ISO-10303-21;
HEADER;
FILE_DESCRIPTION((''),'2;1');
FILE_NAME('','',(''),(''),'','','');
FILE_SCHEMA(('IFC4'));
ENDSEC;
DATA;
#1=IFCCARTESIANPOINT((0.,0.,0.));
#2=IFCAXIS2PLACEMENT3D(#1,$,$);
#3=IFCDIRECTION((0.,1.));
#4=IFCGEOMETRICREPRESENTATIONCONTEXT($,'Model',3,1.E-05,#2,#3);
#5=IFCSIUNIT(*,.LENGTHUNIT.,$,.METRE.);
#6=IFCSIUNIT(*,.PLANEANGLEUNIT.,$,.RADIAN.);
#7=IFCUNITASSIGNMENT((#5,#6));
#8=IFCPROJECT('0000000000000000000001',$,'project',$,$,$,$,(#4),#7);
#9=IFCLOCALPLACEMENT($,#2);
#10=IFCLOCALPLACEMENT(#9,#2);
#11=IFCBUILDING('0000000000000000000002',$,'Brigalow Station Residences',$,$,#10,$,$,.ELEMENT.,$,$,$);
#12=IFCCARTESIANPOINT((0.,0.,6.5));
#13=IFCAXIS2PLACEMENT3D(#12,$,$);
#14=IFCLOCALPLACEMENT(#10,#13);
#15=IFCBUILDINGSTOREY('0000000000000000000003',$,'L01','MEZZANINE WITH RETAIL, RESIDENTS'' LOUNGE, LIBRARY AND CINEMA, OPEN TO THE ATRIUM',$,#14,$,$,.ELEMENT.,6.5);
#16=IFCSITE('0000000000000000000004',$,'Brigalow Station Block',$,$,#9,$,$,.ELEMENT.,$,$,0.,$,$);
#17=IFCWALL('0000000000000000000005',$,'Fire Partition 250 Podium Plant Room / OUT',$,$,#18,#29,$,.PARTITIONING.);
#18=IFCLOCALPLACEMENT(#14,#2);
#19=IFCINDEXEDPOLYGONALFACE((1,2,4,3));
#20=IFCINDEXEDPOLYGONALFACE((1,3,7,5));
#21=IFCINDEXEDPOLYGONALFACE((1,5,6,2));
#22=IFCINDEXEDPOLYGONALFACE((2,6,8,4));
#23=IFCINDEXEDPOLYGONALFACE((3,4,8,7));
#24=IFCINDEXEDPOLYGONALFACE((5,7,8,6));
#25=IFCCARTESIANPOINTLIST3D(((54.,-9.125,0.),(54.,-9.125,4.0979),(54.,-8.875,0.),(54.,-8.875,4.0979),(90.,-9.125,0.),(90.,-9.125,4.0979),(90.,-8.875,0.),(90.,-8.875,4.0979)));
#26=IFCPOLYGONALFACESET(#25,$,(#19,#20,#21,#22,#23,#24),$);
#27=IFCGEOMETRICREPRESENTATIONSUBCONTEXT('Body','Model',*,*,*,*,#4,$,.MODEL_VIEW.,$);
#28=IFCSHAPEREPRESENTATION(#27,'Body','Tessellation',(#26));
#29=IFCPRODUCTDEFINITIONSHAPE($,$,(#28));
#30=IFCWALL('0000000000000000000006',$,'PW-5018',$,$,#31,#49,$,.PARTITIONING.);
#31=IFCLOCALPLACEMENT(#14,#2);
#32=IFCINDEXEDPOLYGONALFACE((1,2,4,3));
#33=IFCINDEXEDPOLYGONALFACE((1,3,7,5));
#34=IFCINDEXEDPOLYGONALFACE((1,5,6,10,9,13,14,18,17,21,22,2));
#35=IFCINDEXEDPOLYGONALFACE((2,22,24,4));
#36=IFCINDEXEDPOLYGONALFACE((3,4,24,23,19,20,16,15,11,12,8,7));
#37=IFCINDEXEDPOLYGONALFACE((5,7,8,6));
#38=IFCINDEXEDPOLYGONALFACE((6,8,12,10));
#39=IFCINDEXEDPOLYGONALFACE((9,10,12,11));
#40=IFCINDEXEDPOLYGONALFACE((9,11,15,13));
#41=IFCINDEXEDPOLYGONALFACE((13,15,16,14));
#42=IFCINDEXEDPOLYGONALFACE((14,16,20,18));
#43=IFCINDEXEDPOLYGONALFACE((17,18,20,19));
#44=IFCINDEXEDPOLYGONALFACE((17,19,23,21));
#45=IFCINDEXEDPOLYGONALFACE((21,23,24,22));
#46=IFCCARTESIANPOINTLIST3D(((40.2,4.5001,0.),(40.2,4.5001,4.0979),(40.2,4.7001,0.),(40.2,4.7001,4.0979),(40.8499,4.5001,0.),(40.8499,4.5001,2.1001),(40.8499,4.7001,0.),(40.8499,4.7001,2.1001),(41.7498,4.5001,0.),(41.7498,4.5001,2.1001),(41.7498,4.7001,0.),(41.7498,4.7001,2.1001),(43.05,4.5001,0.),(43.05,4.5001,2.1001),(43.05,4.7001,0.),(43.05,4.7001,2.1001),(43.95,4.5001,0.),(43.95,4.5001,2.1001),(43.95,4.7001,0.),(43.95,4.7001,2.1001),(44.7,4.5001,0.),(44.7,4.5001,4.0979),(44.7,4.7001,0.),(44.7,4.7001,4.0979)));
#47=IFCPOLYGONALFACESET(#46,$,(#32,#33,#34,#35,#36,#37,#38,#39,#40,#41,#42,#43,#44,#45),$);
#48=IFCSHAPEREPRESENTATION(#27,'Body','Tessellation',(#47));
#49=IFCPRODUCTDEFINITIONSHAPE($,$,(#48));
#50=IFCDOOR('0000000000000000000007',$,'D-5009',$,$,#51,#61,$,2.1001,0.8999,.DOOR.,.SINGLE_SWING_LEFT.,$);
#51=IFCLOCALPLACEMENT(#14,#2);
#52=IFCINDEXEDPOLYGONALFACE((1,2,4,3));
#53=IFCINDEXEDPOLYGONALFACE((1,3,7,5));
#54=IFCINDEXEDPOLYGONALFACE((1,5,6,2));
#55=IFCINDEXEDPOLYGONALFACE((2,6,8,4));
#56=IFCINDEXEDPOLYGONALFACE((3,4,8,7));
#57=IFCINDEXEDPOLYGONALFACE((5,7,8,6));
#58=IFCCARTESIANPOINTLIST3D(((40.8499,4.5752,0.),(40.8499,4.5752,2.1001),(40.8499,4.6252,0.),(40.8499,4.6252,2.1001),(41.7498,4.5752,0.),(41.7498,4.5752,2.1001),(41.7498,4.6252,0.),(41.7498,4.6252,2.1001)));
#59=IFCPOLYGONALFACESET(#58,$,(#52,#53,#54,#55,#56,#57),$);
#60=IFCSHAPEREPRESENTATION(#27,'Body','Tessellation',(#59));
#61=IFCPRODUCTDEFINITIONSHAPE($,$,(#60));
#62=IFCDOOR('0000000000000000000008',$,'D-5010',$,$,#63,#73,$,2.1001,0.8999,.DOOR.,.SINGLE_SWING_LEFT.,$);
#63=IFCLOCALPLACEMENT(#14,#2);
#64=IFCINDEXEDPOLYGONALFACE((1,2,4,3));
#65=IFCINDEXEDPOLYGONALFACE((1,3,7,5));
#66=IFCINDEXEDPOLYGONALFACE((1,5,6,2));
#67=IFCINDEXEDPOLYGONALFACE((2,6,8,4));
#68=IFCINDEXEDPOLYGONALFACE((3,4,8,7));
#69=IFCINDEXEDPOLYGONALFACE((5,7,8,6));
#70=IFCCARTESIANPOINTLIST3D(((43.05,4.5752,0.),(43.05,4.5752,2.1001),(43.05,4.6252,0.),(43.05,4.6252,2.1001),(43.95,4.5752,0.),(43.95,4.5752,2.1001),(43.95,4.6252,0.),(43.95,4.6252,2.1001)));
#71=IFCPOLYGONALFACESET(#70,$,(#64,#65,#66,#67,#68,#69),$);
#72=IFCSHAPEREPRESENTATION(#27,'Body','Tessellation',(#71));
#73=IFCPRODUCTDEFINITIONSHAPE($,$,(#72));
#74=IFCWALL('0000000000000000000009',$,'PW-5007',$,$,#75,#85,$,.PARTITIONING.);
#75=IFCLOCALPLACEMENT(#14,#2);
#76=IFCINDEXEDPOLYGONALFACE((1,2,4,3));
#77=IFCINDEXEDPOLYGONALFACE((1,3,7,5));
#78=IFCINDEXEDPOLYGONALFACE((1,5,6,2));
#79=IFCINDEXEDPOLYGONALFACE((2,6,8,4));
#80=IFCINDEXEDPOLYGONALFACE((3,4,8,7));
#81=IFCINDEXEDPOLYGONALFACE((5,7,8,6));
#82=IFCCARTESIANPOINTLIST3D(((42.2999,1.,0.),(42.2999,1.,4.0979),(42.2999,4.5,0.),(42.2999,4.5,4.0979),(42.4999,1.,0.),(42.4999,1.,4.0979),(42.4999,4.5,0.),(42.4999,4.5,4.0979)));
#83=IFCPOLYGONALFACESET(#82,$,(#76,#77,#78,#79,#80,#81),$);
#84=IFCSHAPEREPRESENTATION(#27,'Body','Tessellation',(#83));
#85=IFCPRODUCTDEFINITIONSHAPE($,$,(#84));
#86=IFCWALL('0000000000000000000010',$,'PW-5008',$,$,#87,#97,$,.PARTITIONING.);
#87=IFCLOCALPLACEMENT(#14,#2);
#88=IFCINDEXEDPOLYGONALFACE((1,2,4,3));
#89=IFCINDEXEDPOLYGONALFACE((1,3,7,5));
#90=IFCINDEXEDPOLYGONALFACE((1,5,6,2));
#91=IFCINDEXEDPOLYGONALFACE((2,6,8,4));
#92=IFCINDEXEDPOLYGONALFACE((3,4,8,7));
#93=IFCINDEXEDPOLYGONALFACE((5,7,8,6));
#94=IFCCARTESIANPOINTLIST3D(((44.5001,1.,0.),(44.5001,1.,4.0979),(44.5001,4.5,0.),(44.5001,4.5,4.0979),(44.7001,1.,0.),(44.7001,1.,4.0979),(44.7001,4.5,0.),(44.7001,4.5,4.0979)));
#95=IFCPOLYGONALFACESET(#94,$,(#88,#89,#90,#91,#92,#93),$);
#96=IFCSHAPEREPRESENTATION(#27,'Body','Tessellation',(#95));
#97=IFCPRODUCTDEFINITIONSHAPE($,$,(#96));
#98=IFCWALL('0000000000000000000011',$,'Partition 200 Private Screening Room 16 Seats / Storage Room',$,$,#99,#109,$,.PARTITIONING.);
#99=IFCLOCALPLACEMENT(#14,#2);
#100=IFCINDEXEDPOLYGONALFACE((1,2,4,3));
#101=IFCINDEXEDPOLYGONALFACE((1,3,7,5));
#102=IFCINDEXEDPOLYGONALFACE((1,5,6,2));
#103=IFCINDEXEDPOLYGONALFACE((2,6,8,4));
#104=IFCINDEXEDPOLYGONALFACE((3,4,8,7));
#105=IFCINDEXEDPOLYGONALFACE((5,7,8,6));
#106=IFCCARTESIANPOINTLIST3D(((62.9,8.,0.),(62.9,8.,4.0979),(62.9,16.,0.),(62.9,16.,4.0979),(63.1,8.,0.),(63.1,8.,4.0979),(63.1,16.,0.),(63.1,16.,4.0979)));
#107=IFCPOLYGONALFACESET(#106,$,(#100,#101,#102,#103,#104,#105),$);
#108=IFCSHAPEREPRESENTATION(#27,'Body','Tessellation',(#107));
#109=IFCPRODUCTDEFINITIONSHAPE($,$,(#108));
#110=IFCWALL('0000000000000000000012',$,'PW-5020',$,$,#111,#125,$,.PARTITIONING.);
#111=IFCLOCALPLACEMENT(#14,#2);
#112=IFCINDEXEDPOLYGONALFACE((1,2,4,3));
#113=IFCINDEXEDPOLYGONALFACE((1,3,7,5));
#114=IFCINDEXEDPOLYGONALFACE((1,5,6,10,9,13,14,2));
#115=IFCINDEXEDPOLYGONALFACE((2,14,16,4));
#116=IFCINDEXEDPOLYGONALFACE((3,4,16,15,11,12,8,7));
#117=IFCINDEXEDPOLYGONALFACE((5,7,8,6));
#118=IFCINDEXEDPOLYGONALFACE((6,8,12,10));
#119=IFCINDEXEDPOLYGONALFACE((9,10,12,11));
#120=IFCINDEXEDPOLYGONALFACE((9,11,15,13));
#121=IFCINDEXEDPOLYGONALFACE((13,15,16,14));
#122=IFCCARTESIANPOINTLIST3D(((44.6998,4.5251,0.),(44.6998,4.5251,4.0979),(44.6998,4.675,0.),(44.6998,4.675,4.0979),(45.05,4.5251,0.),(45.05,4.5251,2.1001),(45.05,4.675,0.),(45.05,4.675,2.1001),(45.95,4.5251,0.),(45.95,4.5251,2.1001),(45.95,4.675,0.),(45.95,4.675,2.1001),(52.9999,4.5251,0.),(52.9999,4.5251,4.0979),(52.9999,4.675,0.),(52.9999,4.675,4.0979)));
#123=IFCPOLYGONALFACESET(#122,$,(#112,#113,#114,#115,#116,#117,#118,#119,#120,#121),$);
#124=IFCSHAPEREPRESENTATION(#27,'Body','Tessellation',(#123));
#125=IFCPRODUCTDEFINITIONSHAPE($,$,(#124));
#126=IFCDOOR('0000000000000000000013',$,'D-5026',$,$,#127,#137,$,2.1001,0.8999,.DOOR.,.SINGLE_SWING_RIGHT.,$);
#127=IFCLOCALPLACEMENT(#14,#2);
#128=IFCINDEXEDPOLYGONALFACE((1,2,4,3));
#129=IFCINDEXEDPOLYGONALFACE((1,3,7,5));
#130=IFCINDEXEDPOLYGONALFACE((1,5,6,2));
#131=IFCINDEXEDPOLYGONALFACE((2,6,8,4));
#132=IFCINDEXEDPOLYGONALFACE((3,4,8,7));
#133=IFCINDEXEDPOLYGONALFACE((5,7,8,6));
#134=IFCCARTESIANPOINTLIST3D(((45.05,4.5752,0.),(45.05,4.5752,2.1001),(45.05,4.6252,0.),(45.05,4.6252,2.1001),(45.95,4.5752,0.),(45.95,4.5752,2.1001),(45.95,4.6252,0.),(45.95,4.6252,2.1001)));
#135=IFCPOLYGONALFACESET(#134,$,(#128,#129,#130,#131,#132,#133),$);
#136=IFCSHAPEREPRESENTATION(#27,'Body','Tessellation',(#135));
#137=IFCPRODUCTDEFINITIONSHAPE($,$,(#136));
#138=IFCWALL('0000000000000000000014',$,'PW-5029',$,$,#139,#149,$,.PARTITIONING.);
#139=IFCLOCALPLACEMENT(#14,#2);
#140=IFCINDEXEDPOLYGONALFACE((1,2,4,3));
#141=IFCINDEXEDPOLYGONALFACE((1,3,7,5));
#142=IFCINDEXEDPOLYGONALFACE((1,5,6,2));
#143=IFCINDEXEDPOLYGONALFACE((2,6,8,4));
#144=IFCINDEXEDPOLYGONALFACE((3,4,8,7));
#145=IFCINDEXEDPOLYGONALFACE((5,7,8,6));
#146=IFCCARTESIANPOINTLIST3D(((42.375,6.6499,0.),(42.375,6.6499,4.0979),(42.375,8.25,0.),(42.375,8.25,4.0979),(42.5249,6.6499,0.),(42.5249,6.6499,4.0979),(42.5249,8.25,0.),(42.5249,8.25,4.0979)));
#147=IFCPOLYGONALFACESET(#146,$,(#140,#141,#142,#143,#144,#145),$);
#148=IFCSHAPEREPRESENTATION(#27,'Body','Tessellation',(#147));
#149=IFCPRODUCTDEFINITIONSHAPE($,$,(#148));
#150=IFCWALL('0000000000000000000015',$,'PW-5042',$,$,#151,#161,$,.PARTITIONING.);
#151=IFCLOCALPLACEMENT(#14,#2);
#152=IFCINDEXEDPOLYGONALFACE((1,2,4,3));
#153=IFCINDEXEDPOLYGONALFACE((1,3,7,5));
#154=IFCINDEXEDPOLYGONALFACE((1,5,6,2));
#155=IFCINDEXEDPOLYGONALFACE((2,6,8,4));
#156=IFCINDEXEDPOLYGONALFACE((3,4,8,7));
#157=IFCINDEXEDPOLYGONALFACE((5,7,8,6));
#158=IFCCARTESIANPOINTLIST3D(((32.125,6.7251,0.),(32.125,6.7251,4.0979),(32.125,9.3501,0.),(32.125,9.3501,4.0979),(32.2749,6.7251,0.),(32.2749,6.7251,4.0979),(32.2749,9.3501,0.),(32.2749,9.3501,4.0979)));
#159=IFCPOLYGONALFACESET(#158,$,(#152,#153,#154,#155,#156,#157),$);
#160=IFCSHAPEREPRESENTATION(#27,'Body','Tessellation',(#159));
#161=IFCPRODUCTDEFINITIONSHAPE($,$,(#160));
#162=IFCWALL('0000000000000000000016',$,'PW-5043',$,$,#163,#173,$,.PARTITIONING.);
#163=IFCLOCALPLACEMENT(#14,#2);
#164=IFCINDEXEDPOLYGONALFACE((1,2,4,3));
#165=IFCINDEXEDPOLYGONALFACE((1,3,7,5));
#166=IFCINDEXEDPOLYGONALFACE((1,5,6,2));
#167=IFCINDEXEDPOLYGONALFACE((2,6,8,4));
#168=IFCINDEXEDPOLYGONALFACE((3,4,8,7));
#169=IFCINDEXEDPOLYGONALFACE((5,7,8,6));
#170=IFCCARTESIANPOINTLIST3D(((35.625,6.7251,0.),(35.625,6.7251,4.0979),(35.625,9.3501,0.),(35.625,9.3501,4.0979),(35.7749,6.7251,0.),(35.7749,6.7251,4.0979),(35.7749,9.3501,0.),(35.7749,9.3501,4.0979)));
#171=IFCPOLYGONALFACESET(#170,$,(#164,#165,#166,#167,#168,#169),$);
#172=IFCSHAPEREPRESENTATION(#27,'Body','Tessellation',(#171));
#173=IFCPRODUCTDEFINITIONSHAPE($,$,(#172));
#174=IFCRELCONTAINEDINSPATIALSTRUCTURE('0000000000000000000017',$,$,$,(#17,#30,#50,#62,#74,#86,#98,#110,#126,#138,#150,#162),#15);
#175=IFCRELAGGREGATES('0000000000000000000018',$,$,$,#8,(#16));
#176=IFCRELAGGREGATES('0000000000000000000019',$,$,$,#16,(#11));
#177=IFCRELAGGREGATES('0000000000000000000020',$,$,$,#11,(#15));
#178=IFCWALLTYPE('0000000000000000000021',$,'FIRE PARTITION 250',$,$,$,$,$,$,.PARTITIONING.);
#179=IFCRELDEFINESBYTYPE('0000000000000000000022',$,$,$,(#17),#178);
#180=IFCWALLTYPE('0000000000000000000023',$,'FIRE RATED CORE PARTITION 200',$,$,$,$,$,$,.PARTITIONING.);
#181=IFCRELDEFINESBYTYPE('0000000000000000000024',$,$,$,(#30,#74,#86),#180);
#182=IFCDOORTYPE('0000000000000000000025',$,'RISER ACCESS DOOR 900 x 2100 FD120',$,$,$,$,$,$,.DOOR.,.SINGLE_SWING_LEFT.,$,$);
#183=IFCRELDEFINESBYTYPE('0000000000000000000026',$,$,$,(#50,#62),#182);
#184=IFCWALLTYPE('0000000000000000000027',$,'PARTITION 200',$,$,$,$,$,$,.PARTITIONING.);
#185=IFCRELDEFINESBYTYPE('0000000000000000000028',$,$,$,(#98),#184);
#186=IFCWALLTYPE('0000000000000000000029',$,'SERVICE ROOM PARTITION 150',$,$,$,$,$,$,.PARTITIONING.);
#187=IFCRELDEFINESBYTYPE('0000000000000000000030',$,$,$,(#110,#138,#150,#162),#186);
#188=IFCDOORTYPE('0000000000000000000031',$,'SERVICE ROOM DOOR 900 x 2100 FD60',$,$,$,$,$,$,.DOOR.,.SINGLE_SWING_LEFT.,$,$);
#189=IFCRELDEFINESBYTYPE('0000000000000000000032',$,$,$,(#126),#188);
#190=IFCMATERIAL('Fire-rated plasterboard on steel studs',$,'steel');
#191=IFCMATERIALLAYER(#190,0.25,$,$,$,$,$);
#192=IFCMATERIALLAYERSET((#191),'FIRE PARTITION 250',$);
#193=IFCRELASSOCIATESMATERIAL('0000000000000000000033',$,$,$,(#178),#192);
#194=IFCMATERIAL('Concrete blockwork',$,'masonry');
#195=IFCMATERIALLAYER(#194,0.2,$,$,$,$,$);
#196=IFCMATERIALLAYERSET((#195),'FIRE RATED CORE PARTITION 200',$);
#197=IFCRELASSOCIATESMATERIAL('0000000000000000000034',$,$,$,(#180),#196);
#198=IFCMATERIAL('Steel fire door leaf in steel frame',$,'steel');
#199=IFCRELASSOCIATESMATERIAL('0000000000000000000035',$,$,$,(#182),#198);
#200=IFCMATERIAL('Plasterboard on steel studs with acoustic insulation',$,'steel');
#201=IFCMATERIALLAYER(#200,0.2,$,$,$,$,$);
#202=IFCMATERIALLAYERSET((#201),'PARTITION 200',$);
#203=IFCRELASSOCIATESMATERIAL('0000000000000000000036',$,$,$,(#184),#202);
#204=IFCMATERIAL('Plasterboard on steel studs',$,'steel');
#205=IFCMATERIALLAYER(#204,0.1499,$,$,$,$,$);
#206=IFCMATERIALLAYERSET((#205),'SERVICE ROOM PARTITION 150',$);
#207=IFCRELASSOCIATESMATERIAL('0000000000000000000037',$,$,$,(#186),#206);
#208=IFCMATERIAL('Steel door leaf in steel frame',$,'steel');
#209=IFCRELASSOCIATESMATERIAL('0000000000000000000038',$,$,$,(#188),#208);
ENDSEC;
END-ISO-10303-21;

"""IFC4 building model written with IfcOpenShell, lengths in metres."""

from ifc_helpers import new_model, si_unit, direction, frame, frame_2d, origin, place, context, subcontext, project, spatial, rectangle, extrude, material, layer, layer_set, type_object, element, fill, save


model = new_model("IFC4")

# Units and contexts
model_context = context("Model", 3, precision=1e-05, world=origin(), true_north=direction((0.0, 1.0)))
body_context = subcontext(model_context, "Body", "Model", "MODEL_VIEW")
ifc_project = project(units=[si_unit("LENGTHUNIT", "METRE"), si_unit("PLANEANGLEUNIT", "RADIAN")], contexts=[model_context])

# Site, building, storey
site_placement = place(None, origin())
site = spatial("IfcSite", under=ifc_project, at=site_placement, Name="Brigalow Station Block", CompositionType="ELEMENT", RefElevation=0.0)
building_placement = place(site_placement, origin())
building = spatial("IfcBuilding", under=site, at=building_placement, Name="Brigalow Station Residences", CompositionType="ELEMENT")
storey_placement = place(building_placement, frame((0.0, 0.0, 6.5)))
storey = spatial("IfcBuildingStorey", under=building, at=storey_placement, Name="L01", Description="MEZZANINE WITH RETAIL, RESIDENTS' LOUNGE, LIBRARY AND CINEMA, OPEN TO THE ATRIUM", CompositionType="ELEMENT", Elevation=6.5)

# Wall
ifc_material_1 = material(Name="Fire-rated plasterboard on steel studs", Category="steel")
ifc_layer_1 = layer(ifc_material_1, 0.25)
ifc_layer_set_1 = layer_set([ifc_layer_1], Name="FIRE PARTITION 250")
wall_type_1 = type_object("IfcWallType", Name="FIRE PARTITION 250", PredefinedType="PARTITIONING", material=ifc_layer_set_1)
wall_1_placement = place(storey_placement, frame((54.0, -9.0, 0.0), z_axis=(0.0, 0.0, 1.0), x_axis=(1.0, 0.0, 0.0)))
element("IfcWall", 1, at=wall_1_placement, inside=storey, type_object=wall_type_1, Name="Fire Partition 250 Podium Plant Room / OUT", PredefinedType="PARTITIONING", context=body_context, shape_type="SweptSolid", body=[
    extrude(rectangle(XDim=36.0, YDim=0.25, at=frame_2d((18.0, 0.0))), origin(), (0.0, 0.0, 1.0), 4.0979),
])

# Wall, openings, doors
ifc_material_2 = material(Name="Concrete blockwork", Category="masonry")
ifc_layer_2 = layer(ifc_material_2, 0.2)
ifc_layer_set_2 = layer_set([ifc_layer_2], Name="FIRE RATED CORE PARTITION 200")
wall_type_2 = type_object("IfcWallType", Name="FIRE RATED CORE PARTITION 200", PredefinedType="PARTITIONING", material=ifc_layer_set_2)
wall_2_placement = place(storey_placement, frame((40.2, 4.6001, 0.0), z_axis=(0.0, 0.0, 1.0), x_axis=(1.0, 0.0, 0.0)))
wall_2 = element("IfcWall", 2, at=wall_2_placement, inside=storey, type_object=wall_type_2, Name="PW-5018", PredefinedType="PARTITIONING", context=body_context, shape_type="SweptSolid", body=[
    extrude(rectangle(XDim=4.5, YDim=0.2, at=frame_2d((2.25, 0.0))), origin(), (0.0, 0.0, 1.0), 4.0979),
])
opening_1_placement = place(wall_2_placement, frame((0.6499, 0.0, 0.0)))
opening_1 = element("IfcOpeningElement", 3, at=opening_1_placement, cuts=wall_2, PredefinedType="OPENING", context=body_context, shape_type="SweptSolid", body=[
    extrude(rectangle(XDim=0.8999, YDim=2.1001, at=frame_2d((0.45, 1.05))), frame((0.0, 0.1099, 0.0), z_axis=(0.0, -1.0, 0.0), x_axis=(1.0, 0.0, 0.0)), (0.0, 0.0, 1.0), 0.22),
])
opening_2_placement = place(wall_2_placement, frame((2.8501, 0.0, 0.0)))
opening_2 = element("IfcOpeningElement", 4, at=opening_2_placement, cuts=wall_2, PredefinedType="OPENING", context=body_context, shape_type="SweptSolid", body=[
    extrude(rectangle(XDim=0.8999, YDim=2.1001, at=frame_2d((0.45, 1.05))), frame((0.0, 0.1099, 0.0), z_axis=(0.0, -1.0, 0.0), x_axis=(1.0, 0.0, 0.0)), (0.0, 0.0, 1.0), 0.22),
])
ifc_material_3 = material(Name="Steel fire door leaf in steel frame", Category="steel")
door_type_1 = type_object("IfcDoorType", Name="RISER ACCESS DOOR 900 x 2100 FD120", OperationType="SINGLE_SWING_LEFT", PredefinedType="DOOR", material=ifc_material_3)
door_1_placement = place(opening_1_placement, frame((0.8999, 0.0, 0.0), z_axis=(0.0, 0.0, 1.0), x_axis=(-1.0, 0.0, 0.0)))
door_1 = element("IfcDoor", 5, at=door_1_placement, inside=storey, type_object=door_type_1, Name="D-5009", OperationType="SINGLE_SWING_LEFT", OverallHeight=2.1001, OverallWidth=0.8999, PredefinedType="DOOR", context=body_context, shape_type="SweptSolid", body=[
    extrude(rectangle(XDim=0.8999, YDim=2.1001, at=frame_2d((0.45, 1.05))), frame((0.0, 0.0249, 0.0), z_axis=(0.0, -1.0, 0.0), x_axis=(1.0, 0.0, 0.0)), (0.0, 0.0, 1.0), 0.05),
])
fill(opening_1, door_1)
door_2_placement = place(opening_2_placement, frame((0.8999, 0.0, 0.0), z_axis=(0.0, 0.0, 1.0), x_axis=(-1.0, 0.0, 0.0)))
door_2 = element("IfcDoor", 6, at=door_2_placement, inside=storey, type_object=door_type_1, Name="D-5010", OperationType="SINGLE_SWING_LEFT", OverallHeight=2.1001, OverallWidth=0.8999, PredefinedType="DOOR", context=body_context, shape_type="SweptSolid", body=[
    extrude(rectangle(XDim=0.8999, YDim=2.1001, at=frame_2d((0.45, 1.05))), frame((0.0, 0.0249, 0.0), z_axis=(0.0, -1.0, 0.0), x_axis=(1.0, 0.0, 0.0)), (0.0, 0.0, 1.0), 0.05),
])
fill(opening_2, door_2)

# Walls
for number, where, z_axis, x_axis, name in (
    (7, (42.3999, 1.0, 0.0), (0.0, 0.0, 1.0), (0.0, 1.0, 0.0), "PW-5007"),
    (8, (44.6001, 1.0, 0.0), (0.0, 0.0, 1.0), (0.0, 1.0, 0.0), "PW-5008"),
):
    element("IfcWall", number, at=place(storey_placement, frame(where, z_axis=z_axis, x_axis=x_axis)), inside=storey, type_object=wall_type_2, Name=name, PredefinedType="PARTITIONING", context=body_context, shape_type="SweptSolid", body=[
        extrude(rectangle(XDim=3.5, YDim=0.2, at=frame_2d((1.75, 0.0))), origin(), (0.0, 0.0, 1.0), 4.0979),
    ])
ifc_material_4 = material(Name="Plasterboard on steel studs with acoustic insulation", Category="steel")
ifc_layer_3 = layer(ifc_material_4, 0.2)
ifc_layer_set_3 = layer_set([ifc_layer_3], Name="PARTITION 200")
wall_type_3 = type_object("IfcWallType", Name="PARTITION 200", PredefinedType="PARTITIONING", material=ifc_layer_set_3)
wall_3_placement = place(storey_placement, frame((63.0, 8.0, 0.0), z_axis=(0.0, 0.0, 1.0), x_axis=(0.0, 1.0, 0.0)))
element("IfcWall", 9, at=wall_3_placement, inside=storey, type_object=wall_type_3, Name="Partition 200 Private Screening Room 16 Seats / Storage Room", PredefinedType="PARTITIONING", context=body_context, shape_type="SweptSolid", body=[
    extrude(rectangle(XDim=8.0, YDim=0.2, at=frame_2d((4.0, 0.0))), origin(), (0.0, 0.0, 1.0), 4.0979),
])

# Wall, opening, door
ifc_material_5 = material(Name="Plasterboard on steel studs", Category="steel")
ifc_layer_4 = layer(ifc_material_5, 0.1499)
ifc_layer_set_4 = layer_set([ifc_layer_4], Name="SERVICE ROOM PARTITION 150")
wall_type_4 = type_object("IfcWallType", Name="SERVICE ROOM PARTITION 150", PredefinedType="PARTITIONING", material=ifc_layer_set_4)
wall_4_placement = place(storey_placement, frame((44.7, 4.6001, 0.0), z_axis=(0.0, 0.0, 1.0), x_axis=(1.0, 0.0, 0.0)))
wall_4 = element("IfcWall", 10, at=wall_4_placement, inside=storey, type_object=wall_type_4, Name="PW-5020", PredefinedType="PARTITIONING", context=body_context, shape_type="SweptSolid", body=[
    extrude(rectangle(XDim=8.3, YDim=0.1499, at=frame_2d((4.1499, 0.0))), origin(), (0.0, 0.0, 1.0), 4.0979),
])
opening_3_placement = place(wall_4_placement, frame((0.3501, 0.0, 0.0)))
opening_3 = element("IfcOpeningElement", 11, at=opening_3_placement, cuts=wall_4, PredefinedType="OPENING", context=body_context, shape_type="SweptSolid", body=[
    extrude(rectangle(XDim=0.8999, YDim=2.1001, at=frame_2d((0.45, 1.05))), frame((0.0, 0.085, 0.0), z_axis=(0.0, -1.0, 0.0), x_axis=(1.0, 0.0, 0.0)), (0.0, 0.0, 1.0), 0.1699),
])
ifc_material_6 = material(Name="Steel door leaf in steel frame", Category="steel")
door_type_2 = type_object("IfcDoorType", Name="SERVICE ROOM DOOR 900 x 2100 FD60", OperationType="SINGLE_SWING_LEFT", PredefinedType="DOOR", material=ifc_material_6)
door_3_placement = place(opening_3_placement, frame((0.8999, 0.0, 0.0), z_axis=(0.0, 0.0, 1.0), x_axis=(-1.0, 0.0, 0.0)))
door_3 = element("IfcDoor", 12, at=door_3_placement, inside=storey, type_object=door_type_2, Name="D-5026", OperationType="SINGLE_SWING_RIGHT", OverallHeight=2.1001, OverallWidth=0.8999, PredefinedType="DOOR", context=body_context, shape_type="SweptSolid", body=[
    extrude(rectangle(XDim=0.8999, YDim=2.1001, at=frame_2d((0.45, 1.05))), frame((0.0, 0.0249, 0.0), z_axis=(0.0, -1.0, 0.0), x_axis=(1.0, 0.0, 0.0)), (0.0, 0.0, 1.0), 0.05),
])
fill(opening_3, door_3)

# Walls
wall_5_placement = place(storey_placement, frame((42.45, 6.6499, 0.0), z_axis=(0.0, 0.0, 1.0), x_axis=(0.0, 1.0, 0.0)))
element("IfcWall", 13, at=wall_5_placement, inside=storey, type_object=wall_type_4, Name="PW-5029", PredefinedType="PARTITIONING", context=body_context, shape_type="SweptSolid", body=[
    extrude(rectangle(XDim=1.6001, YDim=0.1499, at=frame_2d((0.8, 0.0))), origin(), (0.0, 0.0, 1.0), 4.0979),
])
for number, where, z_axis, x_axis, name in (
    (14, (32.2, 6.7251, 0.0), (0.0, 0.0, 1.0), (0.0, 1.0, 0.0), "PW-5042"),
    (15, (35.7, 6.7251, 0.0), (0.0, 0.0, 1.0), (0.0, 1.0, 0.0), "PW-5043"),
):
    element("IfcWall", number, at=place(storey_placement, frame(where, z_axis=z_axis, x_axis=x_axis)), inside=storey, type_object=wall_type_4, Name=name, PredefinedType="PARTITIONING", context=body_context, shape_type="SweptSolid", body=[
        extrude(rectangle(XDim=2.625, YDim=0.1499, at=frame_2d((1.3125, 0.0))), origin(), (0.0, 0.0, 1.0), 4.0979),
    ])

save(model, "model.ifc")
